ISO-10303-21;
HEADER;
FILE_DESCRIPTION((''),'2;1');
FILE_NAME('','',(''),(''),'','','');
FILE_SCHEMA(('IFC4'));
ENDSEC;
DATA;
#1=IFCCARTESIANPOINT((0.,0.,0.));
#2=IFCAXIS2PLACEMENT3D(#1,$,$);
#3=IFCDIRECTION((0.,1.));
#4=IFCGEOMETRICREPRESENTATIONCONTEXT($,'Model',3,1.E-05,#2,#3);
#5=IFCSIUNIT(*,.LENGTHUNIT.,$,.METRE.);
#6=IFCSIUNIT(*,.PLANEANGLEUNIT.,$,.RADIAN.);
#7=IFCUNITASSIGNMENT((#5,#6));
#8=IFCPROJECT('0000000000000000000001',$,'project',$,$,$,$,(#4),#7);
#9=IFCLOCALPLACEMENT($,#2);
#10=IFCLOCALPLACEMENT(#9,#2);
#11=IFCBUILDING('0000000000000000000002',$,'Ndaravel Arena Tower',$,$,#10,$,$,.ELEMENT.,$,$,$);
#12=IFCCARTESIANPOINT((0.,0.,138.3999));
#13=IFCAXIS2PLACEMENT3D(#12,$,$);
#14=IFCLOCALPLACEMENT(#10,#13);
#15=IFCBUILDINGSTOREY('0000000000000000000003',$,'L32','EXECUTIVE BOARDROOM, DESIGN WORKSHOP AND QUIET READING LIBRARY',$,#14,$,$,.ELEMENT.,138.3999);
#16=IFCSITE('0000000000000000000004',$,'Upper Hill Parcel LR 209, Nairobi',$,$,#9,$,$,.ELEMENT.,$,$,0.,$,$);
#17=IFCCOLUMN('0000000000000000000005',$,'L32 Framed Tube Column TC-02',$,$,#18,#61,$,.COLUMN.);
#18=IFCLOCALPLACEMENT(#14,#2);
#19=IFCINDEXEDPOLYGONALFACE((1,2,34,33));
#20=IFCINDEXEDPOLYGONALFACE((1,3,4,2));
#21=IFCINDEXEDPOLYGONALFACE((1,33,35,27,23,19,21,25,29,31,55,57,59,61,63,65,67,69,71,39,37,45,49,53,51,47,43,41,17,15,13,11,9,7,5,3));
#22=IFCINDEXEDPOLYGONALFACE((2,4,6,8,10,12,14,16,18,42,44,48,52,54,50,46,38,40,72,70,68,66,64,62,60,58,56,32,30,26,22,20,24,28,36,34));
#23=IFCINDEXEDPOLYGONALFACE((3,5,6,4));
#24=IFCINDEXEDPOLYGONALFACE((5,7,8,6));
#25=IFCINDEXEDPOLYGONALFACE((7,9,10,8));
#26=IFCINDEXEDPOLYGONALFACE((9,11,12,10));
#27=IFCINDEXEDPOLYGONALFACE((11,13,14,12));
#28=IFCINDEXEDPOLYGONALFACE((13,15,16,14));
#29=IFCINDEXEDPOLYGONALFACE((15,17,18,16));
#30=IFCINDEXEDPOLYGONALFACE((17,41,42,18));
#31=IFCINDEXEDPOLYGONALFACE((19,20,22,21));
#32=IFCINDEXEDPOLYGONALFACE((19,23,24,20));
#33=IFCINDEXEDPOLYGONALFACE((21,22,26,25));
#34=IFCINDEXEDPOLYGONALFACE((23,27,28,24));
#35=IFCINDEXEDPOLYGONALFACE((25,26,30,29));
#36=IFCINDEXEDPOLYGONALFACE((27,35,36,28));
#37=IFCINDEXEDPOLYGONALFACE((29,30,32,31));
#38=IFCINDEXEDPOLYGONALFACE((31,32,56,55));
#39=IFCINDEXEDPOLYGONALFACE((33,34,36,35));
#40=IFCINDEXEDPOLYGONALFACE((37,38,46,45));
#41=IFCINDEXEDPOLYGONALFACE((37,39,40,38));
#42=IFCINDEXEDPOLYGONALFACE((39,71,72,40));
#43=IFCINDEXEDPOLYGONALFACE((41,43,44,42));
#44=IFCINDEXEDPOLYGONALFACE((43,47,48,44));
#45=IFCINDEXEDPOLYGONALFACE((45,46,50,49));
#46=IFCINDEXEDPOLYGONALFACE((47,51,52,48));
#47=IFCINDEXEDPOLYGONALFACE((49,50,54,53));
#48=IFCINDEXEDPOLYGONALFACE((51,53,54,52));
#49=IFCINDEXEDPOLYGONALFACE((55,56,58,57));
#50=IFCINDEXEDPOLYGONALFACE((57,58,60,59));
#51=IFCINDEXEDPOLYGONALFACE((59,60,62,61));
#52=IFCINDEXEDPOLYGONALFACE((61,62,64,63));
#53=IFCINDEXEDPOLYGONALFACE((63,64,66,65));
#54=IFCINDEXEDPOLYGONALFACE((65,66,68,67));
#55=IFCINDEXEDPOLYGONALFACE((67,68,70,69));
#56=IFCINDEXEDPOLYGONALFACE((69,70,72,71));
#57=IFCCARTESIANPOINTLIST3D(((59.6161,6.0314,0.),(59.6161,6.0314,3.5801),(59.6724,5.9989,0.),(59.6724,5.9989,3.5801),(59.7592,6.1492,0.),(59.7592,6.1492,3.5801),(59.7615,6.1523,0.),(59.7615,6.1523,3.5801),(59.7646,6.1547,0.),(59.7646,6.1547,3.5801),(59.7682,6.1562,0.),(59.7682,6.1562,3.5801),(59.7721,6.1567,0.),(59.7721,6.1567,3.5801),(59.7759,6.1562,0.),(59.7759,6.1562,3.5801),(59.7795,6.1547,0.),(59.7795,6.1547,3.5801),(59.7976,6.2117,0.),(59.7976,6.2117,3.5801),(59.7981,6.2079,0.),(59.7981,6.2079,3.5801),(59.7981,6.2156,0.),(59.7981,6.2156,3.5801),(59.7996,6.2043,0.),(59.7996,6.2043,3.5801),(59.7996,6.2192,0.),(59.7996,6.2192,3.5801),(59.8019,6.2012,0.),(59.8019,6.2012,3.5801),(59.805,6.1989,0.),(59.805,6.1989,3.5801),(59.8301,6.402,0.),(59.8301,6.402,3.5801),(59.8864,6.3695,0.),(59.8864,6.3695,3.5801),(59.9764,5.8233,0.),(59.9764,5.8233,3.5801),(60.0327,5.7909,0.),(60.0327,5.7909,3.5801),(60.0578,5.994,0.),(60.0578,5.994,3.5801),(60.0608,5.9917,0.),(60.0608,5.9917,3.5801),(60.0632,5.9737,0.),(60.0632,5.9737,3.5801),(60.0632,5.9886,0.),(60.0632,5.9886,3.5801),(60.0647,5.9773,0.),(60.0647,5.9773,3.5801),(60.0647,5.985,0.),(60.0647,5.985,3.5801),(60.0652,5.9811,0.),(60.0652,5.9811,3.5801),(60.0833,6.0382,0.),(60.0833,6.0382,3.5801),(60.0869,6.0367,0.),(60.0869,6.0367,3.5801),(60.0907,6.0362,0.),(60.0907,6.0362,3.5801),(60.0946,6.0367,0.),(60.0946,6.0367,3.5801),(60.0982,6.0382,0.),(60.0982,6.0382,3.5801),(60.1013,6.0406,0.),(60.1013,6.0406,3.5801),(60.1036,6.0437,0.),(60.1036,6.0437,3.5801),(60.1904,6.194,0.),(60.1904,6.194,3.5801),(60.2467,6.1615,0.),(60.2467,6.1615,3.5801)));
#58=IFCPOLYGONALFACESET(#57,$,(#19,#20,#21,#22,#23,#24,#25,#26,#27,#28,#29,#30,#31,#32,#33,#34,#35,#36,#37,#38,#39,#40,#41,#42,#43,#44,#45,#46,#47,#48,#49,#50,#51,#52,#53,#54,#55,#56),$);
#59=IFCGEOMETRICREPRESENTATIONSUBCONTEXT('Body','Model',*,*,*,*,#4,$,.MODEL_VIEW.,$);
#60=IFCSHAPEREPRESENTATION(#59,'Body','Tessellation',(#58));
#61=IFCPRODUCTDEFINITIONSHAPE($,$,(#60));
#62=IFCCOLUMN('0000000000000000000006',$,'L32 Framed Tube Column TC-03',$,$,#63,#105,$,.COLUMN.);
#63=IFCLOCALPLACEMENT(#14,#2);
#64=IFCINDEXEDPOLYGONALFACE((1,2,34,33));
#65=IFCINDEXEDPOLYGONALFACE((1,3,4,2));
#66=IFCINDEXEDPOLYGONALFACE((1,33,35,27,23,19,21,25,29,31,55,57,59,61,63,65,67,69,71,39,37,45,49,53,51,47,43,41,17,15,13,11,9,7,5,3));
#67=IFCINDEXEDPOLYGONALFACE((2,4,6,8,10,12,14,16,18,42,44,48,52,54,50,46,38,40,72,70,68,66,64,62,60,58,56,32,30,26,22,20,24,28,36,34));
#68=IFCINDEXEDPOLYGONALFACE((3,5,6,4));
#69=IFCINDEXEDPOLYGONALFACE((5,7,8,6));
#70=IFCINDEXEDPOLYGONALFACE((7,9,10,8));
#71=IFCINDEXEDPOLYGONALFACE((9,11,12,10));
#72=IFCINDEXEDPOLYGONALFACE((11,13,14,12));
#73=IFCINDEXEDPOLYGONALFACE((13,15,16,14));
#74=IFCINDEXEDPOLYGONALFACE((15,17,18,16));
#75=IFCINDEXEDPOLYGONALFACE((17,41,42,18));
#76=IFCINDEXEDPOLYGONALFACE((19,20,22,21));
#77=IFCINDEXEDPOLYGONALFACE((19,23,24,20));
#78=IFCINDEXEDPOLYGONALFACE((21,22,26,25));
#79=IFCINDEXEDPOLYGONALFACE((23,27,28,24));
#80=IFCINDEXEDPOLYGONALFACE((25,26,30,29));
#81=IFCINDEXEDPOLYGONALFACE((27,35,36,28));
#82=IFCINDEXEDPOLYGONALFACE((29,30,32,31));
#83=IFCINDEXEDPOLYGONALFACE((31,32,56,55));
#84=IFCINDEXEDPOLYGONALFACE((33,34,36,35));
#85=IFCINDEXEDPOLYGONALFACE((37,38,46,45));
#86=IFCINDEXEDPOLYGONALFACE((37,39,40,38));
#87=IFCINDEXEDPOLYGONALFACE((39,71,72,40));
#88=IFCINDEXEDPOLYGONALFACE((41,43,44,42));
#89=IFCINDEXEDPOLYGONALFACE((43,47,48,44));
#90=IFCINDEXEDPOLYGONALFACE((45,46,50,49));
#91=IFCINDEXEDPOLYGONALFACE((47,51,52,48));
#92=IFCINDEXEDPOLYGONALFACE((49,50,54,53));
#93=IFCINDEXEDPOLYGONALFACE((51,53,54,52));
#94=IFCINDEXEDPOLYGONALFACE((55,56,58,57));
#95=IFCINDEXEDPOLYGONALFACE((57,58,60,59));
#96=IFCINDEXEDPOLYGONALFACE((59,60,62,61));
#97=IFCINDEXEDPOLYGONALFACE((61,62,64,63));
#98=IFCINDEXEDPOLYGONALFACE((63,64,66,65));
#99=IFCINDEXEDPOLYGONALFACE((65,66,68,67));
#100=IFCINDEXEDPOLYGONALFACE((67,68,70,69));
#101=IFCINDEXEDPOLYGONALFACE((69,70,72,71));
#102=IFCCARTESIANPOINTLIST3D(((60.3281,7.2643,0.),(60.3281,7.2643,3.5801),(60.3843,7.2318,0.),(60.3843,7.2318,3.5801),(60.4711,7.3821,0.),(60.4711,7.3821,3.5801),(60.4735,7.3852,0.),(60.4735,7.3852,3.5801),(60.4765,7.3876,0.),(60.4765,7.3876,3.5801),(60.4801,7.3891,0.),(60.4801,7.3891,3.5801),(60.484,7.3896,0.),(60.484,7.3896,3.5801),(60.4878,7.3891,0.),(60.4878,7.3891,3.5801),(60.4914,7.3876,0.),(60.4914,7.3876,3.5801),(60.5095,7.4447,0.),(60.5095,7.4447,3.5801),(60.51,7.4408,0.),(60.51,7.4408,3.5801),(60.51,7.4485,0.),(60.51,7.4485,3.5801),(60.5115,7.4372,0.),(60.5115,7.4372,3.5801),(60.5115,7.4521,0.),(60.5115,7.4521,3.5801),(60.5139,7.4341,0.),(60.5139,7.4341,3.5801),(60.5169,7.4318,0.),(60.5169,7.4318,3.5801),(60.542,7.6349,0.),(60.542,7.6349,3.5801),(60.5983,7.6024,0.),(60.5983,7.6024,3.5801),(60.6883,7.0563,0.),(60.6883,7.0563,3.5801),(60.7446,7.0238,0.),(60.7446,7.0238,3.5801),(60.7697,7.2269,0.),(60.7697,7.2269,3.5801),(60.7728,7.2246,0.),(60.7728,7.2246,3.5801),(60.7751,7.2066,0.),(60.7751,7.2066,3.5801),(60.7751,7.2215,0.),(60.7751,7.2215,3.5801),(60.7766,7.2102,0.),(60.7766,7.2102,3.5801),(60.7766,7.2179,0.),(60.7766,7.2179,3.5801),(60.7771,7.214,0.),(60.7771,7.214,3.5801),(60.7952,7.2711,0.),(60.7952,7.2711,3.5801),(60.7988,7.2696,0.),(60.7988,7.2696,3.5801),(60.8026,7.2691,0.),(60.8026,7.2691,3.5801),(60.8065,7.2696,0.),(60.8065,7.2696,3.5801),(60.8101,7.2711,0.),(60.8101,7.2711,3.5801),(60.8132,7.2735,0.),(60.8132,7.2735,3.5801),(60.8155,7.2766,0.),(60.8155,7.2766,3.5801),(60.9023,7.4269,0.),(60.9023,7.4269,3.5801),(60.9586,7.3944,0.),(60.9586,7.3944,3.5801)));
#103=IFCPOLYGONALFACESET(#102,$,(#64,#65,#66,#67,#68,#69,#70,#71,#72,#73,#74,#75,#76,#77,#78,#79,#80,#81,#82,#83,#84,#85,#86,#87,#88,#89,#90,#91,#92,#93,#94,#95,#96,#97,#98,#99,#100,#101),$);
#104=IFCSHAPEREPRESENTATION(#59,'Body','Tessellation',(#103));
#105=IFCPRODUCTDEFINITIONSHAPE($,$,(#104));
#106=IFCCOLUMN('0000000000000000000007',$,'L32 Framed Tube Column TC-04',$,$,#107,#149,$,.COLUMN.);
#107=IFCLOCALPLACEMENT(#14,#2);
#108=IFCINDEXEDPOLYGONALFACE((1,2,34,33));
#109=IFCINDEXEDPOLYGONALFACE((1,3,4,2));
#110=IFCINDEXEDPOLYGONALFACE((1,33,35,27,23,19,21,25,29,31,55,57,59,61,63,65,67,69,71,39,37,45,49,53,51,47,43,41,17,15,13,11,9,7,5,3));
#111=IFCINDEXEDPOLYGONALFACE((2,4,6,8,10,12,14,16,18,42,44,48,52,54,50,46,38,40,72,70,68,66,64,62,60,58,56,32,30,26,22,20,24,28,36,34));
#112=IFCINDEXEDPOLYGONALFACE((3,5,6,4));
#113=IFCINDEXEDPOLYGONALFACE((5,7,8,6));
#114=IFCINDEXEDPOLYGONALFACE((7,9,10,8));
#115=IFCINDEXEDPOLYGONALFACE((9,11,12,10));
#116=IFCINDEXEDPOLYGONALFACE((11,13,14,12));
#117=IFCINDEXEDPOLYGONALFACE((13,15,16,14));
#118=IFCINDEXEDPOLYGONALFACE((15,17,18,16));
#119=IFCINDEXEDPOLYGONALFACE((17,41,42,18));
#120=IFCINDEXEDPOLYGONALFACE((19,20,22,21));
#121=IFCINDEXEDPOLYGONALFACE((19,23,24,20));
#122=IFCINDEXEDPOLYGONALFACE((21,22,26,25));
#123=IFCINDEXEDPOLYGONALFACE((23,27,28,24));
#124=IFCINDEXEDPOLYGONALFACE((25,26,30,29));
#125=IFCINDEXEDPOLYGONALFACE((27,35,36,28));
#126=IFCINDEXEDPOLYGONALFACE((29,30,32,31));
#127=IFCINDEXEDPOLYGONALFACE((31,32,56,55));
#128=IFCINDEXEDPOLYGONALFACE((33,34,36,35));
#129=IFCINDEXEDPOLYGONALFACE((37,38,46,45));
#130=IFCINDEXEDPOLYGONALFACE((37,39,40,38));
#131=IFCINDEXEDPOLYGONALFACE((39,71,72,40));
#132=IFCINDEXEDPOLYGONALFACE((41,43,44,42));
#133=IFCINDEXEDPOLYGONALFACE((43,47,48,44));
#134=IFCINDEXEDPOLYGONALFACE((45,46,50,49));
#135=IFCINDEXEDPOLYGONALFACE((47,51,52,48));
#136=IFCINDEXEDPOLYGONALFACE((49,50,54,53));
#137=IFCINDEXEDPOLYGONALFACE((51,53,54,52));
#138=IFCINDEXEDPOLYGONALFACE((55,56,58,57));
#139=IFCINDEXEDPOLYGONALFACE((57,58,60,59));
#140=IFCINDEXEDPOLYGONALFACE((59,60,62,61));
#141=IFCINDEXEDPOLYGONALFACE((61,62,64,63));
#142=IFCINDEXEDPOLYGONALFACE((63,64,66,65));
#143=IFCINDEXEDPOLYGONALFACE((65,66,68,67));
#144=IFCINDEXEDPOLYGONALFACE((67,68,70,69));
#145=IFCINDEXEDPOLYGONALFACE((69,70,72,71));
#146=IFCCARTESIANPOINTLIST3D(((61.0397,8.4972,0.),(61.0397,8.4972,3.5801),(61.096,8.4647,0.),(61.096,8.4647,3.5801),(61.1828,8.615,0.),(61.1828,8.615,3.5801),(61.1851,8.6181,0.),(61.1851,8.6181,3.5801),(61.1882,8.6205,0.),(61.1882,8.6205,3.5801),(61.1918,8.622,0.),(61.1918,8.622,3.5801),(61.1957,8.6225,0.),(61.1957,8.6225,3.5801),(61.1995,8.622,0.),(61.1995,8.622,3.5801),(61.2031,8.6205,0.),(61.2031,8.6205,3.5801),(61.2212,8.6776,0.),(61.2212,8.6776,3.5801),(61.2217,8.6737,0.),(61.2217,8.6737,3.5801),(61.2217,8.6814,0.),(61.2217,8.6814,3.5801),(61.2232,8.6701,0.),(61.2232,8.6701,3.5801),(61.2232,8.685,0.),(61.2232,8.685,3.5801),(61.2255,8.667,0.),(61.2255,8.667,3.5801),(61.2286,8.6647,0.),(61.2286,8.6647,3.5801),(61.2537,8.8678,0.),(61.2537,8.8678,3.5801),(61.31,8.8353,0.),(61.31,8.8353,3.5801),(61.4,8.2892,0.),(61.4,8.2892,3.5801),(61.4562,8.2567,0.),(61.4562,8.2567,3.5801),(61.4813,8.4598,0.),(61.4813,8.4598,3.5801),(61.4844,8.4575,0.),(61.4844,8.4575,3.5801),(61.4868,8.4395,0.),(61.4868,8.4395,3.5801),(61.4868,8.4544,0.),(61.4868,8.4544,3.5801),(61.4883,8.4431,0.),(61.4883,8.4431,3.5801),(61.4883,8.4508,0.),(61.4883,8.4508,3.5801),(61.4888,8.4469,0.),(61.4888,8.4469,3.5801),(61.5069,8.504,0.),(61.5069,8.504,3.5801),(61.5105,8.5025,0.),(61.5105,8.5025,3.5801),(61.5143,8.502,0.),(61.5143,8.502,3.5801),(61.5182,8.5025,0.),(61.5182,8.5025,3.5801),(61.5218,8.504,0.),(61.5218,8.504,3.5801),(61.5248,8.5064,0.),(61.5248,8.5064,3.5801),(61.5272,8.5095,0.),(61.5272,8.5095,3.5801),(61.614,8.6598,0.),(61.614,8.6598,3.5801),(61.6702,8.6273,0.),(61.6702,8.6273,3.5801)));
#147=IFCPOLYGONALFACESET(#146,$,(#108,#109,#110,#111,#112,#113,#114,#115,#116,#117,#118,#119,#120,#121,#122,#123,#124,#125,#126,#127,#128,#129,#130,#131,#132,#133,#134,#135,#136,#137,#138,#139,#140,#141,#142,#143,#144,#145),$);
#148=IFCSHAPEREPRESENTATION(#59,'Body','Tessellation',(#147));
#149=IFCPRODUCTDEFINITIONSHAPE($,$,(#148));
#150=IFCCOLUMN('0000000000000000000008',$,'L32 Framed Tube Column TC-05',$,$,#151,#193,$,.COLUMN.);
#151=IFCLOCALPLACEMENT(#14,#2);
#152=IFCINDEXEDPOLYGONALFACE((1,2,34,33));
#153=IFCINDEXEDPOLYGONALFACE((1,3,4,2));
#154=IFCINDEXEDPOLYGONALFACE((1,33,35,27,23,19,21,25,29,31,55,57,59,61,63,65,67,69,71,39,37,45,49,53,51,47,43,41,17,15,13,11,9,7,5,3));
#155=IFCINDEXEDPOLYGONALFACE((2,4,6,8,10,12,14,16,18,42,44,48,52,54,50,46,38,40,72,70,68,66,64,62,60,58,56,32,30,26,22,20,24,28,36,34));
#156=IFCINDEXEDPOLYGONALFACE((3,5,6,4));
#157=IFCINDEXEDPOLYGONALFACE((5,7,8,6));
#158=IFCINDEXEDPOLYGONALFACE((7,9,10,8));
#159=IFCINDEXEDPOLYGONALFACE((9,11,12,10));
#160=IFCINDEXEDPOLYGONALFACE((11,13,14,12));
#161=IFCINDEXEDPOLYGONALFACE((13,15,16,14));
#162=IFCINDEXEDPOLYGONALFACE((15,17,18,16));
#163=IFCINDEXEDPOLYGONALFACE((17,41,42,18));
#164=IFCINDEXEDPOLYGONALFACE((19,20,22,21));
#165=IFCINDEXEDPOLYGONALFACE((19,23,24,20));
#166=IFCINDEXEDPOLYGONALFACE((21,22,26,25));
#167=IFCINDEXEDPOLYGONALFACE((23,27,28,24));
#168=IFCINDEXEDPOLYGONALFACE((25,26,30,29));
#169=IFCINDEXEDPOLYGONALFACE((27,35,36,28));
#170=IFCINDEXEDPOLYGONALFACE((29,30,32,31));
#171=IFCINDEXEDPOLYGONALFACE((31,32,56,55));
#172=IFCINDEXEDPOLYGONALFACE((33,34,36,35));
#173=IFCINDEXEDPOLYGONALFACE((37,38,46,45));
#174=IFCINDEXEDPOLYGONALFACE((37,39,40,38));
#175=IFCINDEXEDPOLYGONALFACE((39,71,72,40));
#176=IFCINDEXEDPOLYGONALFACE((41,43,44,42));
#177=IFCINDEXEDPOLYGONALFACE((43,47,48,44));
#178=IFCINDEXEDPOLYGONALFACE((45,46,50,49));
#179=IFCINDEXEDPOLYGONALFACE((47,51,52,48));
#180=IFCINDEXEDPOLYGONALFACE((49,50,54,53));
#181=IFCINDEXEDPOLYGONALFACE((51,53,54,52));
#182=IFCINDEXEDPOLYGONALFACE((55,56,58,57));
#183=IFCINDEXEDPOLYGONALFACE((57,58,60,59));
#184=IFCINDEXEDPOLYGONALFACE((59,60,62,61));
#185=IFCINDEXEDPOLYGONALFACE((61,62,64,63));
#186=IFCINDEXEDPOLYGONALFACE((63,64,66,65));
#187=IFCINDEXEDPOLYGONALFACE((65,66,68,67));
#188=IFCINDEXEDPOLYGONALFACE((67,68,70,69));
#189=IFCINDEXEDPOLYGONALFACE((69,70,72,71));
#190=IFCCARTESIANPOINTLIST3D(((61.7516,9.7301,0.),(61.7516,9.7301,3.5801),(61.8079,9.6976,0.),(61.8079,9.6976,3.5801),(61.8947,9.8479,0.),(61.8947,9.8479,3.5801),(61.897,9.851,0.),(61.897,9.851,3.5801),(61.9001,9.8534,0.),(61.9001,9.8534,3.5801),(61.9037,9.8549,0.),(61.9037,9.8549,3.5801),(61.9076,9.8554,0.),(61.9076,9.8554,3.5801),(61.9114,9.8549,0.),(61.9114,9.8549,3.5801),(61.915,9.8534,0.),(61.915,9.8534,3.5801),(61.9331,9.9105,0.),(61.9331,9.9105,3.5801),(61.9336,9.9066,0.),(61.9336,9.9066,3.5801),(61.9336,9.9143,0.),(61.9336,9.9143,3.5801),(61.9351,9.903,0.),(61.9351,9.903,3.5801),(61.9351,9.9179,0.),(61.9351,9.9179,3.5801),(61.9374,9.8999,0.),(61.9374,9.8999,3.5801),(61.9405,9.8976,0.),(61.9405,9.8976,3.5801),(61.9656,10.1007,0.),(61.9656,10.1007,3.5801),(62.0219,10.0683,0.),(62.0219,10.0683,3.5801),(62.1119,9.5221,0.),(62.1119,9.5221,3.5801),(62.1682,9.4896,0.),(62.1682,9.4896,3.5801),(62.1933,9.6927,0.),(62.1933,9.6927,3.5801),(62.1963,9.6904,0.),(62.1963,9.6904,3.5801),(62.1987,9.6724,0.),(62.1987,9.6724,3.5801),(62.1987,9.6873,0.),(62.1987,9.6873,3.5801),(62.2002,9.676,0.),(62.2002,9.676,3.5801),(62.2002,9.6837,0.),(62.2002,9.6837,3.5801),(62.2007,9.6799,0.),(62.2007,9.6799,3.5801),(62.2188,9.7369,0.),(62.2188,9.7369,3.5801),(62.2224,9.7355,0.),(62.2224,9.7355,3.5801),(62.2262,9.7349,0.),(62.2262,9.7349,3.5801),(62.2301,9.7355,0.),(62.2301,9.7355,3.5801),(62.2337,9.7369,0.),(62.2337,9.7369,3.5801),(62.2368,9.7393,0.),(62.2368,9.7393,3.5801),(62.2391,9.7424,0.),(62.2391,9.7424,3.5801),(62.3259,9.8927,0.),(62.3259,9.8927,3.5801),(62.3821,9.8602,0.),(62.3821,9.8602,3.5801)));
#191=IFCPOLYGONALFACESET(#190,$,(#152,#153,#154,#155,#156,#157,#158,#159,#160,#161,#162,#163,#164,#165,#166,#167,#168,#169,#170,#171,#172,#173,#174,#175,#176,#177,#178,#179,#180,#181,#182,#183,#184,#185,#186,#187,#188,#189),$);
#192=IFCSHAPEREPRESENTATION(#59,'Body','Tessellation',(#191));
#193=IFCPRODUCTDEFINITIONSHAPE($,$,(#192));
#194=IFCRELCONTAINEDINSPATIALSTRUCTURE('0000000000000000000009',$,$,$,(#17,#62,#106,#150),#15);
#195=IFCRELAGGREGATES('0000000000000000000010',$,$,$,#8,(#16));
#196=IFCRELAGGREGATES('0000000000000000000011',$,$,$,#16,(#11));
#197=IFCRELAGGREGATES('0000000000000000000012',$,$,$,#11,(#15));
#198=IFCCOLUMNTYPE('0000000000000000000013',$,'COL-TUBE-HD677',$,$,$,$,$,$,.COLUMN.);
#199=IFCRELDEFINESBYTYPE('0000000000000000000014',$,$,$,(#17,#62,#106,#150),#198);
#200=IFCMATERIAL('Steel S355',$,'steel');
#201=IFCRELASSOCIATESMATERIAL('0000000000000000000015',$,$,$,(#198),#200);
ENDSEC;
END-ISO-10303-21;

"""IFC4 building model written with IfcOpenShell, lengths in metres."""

from ifc_helpers import new_model, si_unit, direction, frame, origin, origin_2d, place, context, subcontext, project, spatial, i_section, extrude, material, material_profile, profile_set, type_object, element, save


model = new_model("IFC4")

# Units and contexts
model_context = context("Model", 3, precision=1e-05, world=origin(), true_north=direction((0.0, 1.0)))
body_context = subcontext(model_context, "Body", "Model", "MODEL_VIEW")
ifc_project = project(units=[si_unit("LENGTHUNIT", "METRE"), si_unit("PLANEANGLEUNIT", "RADIAN")], contexts=[model_context])

# Site, building, storey
site_placement = place(None, origin())
site = spatial("IfcSite", under=ifc_project, at=site_placement, Name="Upper Hill Parcel LR 209, Nairobi", CompositionType="ELEMENT", RefElevation=0.0)
building_placement = place(site_placement, origin())
building = spatial("IfcBuilding", under=site, at=building_placement, Name="Ndaravel Arena Tower", CompositionType="ELEMENT")
storey_placement = place(building_placement, frame((0.0, 0.0, 138.3999)))
storey = spatial("IfcBuildingStorey", under=building, at=storey_placement, Name="L32", Description="EXECUTIVE BOARDROOM, DESIGN WORKSHOP AND QUIET READING LIBRARY", CompositionType="ELEMENT", Elevation=138.3999)

# Columns
ifc_material_1 = material(Name="Steel S355", Category="steel")
ifc_material_profile_1 = material_profile(ifc_material_1, i_section(OverallWidth=0.428, OverallDepth=0.481, WebThickness=0.051, FlangeThickness=0.0649, FilletRadius=0.0149, at=origin_2d()), Name="HD 400x677")
ifc_profile_set_1 = profile_set([ifc_material_profile_1], Name="Steel S355")
column_type = type_object("IfcColumnType", Name="COL-TUBE-HD677", PredefinedType="COLUMN", material=ifc_profile_set_1)
for number, where, z_axis, x_axis, name in (
    (1, (59.9314, 6.0964, 0.0), (0.0, 0.0, 1.0), (0.5, 0.866025, 0.0), "L32 Framed Tube Column TC-02"),
    (2, (60.6433, 7.3293, 0.0), (0.0, 0.0, 1.0), (0.5, 0.866025, 0.0), "L32 Framed Tube Column TC-03"),
    (3, (61.355, 8.5623, 0.0), (0.0, 0.0, 1.0), (0.5, 0.866025, 0.0), "L32 Framed Tube Column TC-04"),
    (4, (62.0669, 9.7952, 0.0), (0.0, 0.0, 1.0), (0.5, 0.866025, 0.0), "L32 Framed Tube Column TC-05"),
):
    element("IfcColumn", number, at=place(storey_placement, frame(where, z_axis=z_axis, x_axis=x_axis)), inside=storey, type_object=column_type, Name=name, PredefinedType="COLUMN", context=body_context, shape_type="SweptSolid", body=[
        extrude(i_section(OverallWidth=0.428, OverallDepth=0.481, WebThickness=0.051, FlangeThickness=0.0649, FilletRadius=0.0149, at=origin_2d()), origin(), (0.0, 0.0, 1.0), 3.5801),
    ])

save(model, "model.ifc")
